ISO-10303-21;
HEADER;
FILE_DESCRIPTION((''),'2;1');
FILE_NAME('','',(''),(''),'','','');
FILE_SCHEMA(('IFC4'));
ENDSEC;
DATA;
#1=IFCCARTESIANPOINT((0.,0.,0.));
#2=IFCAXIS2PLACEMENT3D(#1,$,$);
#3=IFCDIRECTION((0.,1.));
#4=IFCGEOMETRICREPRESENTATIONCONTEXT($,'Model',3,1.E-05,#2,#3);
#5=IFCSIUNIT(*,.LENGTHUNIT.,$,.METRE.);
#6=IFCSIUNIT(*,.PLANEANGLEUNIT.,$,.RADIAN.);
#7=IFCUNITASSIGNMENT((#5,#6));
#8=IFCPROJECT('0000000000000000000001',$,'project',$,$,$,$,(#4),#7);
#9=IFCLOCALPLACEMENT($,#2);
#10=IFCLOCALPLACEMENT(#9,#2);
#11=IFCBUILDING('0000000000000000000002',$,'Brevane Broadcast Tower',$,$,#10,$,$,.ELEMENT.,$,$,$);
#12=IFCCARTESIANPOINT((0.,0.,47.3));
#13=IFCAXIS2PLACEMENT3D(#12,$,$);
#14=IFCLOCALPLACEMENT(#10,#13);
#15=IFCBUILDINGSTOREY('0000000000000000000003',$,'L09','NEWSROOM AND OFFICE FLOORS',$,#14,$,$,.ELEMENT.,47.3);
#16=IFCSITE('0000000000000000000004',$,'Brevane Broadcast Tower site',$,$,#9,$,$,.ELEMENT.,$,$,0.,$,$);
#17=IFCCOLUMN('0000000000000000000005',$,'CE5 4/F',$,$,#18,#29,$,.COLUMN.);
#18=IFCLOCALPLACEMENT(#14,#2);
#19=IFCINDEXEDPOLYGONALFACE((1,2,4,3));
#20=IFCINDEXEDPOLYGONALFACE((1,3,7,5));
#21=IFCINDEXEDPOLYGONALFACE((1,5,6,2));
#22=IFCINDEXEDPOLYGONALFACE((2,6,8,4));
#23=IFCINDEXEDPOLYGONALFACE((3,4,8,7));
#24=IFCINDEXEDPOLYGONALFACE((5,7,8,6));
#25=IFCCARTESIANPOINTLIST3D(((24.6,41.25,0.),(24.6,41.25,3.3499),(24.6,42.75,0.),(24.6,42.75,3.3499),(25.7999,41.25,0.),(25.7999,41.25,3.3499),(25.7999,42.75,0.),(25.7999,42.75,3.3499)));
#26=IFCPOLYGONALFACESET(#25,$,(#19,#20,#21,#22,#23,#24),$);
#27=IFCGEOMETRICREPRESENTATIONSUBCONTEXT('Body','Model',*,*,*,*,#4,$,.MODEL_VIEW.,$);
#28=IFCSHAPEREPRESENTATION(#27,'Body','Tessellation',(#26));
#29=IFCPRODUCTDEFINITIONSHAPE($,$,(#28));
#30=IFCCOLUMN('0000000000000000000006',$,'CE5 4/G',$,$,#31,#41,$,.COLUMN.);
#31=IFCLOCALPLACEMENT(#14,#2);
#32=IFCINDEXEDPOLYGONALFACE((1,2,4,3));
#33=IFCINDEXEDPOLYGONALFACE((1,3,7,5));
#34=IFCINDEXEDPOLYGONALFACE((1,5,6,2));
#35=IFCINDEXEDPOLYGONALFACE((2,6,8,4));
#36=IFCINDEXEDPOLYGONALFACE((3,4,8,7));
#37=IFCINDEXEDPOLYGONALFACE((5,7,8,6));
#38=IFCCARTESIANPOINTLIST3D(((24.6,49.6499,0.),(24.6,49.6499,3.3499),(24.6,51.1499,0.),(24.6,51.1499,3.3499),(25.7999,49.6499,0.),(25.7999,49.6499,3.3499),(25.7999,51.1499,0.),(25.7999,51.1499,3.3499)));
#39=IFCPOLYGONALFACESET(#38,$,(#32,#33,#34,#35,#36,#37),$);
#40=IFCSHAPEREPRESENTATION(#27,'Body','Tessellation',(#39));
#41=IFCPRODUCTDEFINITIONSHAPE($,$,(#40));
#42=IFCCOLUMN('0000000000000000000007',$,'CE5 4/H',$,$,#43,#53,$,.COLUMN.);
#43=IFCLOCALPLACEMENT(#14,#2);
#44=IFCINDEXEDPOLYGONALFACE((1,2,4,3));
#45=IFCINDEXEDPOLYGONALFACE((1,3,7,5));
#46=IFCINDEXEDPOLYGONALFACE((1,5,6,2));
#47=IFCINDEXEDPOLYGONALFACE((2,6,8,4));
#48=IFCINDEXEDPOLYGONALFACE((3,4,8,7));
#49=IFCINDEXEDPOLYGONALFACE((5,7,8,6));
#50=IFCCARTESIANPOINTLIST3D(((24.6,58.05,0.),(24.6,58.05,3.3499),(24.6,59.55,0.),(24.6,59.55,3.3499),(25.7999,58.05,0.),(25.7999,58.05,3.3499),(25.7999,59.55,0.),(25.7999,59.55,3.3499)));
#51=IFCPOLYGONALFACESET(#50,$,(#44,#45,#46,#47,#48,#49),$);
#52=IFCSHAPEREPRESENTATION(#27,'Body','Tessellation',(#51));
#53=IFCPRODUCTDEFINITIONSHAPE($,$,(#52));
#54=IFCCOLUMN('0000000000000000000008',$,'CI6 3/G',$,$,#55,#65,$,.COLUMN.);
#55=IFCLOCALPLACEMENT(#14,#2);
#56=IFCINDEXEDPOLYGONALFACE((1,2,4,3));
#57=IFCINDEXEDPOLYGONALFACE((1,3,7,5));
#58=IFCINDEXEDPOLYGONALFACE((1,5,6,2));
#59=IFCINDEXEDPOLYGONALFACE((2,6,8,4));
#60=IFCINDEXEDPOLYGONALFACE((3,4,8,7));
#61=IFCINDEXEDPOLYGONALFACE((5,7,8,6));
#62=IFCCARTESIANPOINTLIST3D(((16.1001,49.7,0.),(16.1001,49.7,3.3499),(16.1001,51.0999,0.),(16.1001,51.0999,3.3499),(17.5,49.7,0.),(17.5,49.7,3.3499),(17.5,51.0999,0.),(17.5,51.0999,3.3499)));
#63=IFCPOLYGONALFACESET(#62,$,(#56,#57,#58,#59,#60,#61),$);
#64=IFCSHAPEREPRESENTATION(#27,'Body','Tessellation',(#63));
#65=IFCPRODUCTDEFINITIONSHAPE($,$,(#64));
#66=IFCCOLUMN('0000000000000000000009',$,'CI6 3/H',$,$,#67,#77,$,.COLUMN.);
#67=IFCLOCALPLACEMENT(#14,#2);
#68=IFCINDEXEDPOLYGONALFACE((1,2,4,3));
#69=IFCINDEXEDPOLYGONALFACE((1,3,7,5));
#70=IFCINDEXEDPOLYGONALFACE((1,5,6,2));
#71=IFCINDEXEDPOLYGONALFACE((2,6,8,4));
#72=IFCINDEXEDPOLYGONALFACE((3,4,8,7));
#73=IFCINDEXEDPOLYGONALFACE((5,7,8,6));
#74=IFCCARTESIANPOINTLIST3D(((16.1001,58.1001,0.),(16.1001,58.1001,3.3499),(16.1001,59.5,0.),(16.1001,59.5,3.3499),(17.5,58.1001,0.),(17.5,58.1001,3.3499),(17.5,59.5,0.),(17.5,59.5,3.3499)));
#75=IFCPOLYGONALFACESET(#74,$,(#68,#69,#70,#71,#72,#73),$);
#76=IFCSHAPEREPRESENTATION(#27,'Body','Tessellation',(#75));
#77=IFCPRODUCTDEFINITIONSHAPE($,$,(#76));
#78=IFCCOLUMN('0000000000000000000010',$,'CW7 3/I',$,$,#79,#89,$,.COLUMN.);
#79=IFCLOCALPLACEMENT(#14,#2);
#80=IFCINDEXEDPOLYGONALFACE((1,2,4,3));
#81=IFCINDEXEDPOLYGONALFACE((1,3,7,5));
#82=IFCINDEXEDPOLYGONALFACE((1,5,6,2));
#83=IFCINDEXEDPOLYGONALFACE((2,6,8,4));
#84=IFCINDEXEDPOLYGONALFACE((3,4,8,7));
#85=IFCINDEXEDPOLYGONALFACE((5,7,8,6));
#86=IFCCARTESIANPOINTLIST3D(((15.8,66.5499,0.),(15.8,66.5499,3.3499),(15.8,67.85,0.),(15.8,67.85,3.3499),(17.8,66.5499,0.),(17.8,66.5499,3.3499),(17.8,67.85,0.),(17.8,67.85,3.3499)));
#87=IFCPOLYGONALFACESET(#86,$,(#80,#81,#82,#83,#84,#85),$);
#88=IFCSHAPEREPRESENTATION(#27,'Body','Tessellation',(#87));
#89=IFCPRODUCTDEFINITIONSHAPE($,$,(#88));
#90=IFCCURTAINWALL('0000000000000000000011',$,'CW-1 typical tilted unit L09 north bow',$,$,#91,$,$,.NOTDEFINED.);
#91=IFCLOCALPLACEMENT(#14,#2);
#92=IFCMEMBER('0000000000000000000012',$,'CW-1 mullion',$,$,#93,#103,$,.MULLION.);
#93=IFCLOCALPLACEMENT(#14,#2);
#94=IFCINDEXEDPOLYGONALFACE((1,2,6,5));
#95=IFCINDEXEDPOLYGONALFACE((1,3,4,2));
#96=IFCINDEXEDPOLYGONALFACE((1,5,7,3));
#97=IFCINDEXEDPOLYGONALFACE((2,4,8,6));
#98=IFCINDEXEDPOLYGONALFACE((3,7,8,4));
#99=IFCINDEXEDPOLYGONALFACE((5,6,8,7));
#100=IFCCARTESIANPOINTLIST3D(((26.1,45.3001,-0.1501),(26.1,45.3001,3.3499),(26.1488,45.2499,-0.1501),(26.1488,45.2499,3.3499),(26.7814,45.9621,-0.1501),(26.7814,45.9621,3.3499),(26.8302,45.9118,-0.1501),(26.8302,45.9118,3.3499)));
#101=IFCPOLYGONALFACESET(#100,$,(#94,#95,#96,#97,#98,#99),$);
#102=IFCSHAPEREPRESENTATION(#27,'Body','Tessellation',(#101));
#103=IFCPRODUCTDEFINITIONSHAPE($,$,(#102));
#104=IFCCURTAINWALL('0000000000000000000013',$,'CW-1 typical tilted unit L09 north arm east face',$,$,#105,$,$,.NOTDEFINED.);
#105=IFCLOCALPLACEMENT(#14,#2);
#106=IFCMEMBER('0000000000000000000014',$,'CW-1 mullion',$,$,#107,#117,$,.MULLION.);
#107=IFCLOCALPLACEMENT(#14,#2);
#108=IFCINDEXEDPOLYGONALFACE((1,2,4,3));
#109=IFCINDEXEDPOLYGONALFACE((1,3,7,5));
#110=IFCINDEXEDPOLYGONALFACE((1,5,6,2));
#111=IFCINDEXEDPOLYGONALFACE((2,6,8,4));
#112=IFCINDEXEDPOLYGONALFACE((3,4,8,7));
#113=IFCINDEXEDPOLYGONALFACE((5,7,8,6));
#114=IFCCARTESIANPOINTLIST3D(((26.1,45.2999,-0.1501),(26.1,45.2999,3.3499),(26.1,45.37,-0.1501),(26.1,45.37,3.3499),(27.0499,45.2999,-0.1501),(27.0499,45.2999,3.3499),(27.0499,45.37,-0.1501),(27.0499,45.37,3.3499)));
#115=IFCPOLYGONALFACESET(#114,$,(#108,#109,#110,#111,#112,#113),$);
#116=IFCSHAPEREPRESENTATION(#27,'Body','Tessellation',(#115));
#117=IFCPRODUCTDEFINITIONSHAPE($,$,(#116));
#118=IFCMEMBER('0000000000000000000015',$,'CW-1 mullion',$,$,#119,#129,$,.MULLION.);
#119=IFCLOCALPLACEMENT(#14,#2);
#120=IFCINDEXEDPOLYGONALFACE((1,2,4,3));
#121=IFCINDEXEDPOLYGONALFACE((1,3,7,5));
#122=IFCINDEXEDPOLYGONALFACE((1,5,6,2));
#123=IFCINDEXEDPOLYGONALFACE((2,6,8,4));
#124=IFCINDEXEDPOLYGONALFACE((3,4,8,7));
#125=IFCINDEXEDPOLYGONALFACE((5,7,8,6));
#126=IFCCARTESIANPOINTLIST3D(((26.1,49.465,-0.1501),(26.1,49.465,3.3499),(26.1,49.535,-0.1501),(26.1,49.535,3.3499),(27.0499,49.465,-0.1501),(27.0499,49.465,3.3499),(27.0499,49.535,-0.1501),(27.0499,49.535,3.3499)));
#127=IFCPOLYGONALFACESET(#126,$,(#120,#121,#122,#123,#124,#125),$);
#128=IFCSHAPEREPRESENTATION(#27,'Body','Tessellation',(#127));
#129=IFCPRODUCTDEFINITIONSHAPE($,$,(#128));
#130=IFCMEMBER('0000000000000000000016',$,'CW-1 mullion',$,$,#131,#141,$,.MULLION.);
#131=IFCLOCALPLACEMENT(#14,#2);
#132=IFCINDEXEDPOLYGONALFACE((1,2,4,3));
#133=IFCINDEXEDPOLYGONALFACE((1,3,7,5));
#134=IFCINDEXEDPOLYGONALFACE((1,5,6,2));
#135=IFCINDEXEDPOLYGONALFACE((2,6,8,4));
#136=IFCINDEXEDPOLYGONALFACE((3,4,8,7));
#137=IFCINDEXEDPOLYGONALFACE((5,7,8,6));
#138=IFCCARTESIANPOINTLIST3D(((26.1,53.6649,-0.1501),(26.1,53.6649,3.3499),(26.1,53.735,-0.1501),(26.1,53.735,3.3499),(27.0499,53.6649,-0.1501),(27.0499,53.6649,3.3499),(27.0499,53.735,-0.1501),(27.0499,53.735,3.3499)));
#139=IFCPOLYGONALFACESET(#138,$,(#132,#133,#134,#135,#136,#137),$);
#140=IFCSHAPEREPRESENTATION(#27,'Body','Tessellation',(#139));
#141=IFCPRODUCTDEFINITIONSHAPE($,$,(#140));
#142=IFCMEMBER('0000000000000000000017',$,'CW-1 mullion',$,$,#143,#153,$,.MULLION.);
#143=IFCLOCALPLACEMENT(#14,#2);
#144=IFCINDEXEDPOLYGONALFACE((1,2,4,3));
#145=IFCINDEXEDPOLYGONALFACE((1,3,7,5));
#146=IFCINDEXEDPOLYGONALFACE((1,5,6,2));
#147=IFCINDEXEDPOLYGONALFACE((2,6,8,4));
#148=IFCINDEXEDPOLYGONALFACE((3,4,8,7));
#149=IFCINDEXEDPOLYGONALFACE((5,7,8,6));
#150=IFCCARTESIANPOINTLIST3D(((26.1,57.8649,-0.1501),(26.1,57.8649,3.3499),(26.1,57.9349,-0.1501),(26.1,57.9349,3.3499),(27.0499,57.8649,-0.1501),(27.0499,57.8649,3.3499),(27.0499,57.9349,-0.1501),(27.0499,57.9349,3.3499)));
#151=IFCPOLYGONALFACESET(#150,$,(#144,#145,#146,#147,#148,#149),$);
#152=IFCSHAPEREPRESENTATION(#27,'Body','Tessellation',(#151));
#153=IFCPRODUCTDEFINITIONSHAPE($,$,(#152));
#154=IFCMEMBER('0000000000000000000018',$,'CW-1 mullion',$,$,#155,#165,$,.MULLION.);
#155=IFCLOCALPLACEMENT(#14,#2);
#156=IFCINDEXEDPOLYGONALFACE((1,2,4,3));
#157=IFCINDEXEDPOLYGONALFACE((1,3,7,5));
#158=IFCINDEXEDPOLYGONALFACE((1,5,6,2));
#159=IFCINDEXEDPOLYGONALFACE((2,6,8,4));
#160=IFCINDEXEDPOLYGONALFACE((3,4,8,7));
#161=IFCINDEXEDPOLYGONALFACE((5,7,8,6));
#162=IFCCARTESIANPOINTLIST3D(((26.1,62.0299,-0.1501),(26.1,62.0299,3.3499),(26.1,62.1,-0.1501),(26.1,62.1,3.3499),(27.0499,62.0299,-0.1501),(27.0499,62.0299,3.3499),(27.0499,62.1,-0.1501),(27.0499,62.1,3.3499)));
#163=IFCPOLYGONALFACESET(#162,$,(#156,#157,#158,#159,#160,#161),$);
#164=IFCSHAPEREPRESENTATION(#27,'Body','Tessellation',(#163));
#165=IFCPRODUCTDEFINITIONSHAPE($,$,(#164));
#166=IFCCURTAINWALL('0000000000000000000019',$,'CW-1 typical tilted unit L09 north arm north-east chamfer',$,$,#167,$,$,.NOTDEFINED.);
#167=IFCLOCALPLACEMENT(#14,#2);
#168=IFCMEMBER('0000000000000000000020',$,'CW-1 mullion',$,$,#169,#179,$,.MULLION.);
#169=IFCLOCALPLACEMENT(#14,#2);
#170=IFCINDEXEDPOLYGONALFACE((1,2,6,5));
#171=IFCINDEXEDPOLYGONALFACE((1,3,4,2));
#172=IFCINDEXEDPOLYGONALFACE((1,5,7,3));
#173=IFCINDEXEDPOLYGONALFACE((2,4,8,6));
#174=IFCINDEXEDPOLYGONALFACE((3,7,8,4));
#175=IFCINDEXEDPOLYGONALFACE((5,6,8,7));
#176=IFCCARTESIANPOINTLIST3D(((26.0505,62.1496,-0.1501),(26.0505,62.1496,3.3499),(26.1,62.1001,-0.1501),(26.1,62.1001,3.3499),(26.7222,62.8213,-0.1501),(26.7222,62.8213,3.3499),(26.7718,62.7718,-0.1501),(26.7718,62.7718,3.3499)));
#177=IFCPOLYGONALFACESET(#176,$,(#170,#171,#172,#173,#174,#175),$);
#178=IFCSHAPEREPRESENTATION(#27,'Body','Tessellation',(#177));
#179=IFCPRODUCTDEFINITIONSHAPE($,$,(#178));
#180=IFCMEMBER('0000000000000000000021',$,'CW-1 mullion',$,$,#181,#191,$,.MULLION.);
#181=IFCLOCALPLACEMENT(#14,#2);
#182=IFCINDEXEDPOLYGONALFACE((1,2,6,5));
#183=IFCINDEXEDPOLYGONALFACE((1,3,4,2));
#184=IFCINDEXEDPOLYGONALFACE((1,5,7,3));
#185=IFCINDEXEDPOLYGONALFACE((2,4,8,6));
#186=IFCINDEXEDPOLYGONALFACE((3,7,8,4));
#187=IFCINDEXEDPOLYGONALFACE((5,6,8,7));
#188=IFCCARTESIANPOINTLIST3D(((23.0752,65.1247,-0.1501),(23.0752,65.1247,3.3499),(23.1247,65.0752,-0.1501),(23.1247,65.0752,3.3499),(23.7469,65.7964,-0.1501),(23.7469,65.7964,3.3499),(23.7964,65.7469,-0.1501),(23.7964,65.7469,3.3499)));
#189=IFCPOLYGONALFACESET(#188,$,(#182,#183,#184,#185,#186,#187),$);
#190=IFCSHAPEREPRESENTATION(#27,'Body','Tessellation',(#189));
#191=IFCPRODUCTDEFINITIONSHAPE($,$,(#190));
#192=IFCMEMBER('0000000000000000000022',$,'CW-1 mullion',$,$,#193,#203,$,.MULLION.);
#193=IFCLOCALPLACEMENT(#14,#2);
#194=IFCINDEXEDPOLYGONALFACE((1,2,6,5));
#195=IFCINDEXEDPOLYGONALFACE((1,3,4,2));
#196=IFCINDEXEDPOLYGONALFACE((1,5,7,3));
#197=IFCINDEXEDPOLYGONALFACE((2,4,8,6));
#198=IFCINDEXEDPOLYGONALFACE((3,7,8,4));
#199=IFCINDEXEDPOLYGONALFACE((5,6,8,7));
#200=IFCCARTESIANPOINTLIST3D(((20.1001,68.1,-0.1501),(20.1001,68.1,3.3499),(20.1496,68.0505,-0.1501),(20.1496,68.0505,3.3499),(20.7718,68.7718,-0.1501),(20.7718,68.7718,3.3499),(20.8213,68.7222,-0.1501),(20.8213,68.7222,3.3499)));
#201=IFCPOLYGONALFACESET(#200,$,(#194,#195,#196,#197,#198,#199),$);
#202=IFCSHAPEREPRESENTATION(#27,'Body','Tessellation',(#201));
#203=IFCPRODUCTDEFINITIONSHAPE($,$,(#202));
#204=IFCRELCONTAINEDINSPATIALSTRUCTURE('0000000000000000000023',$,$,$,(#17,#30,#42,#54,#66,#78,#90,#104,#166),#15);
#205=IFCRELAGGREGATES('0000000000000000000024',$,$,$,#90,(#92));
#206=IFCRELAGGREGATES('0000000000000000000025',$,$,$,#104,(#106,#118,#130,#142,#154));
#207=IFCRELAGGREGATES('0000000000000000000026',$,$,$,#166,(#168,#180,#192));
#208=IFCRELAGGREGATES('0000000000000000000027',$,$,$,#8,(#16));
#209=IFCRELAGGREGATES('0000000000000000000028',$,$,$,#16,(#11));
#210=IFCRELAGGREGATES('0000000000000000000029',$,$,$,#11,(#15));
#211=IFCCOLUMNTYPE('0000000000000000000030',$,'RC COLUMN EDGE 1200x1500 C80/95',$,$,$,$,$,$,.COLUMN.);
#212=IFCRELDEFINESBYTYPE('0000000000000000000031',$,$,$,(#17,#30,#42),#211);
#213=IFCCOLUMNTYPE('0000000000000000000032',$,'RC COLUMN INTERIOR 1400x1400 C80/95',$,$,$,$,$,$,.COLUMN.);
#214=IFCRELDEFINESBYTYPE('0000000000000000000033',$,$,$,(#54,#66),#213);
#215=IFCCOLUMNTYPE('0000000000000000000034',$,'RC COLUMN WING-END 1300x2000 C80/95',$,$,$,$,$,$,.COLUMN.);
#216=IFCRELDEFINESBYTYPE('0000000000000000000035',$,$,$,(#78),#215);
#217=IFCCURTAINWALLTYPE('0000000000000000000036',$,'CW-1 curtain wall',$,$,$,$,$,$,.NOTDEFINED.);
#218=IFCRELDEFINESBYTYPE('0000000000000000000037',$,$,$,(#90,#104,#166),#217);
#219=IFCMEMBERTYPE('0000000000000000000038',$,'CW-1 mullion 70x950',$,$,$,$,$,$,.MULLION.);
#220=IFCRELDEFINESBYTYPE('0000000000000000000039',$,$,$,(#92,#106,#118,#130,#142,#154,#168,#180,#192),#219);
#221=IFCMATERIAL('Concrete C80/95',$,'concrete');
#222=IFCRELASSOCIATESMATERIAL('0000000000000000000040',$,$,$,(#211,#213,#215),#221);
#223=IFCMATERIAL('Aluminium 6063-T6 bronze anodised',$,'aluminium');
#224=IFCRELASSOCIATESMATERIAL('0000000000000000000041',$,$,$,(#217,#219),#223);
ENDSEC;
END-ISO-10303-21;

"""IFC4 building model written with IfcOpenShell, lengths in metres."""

from ifc_helpers import new_model, si_unit, direction, frame, origin, origin_2d, place, context, subcontext, project, spatial, rectangle, extrude, material, material_profile, profile_set, type_object, element, aggregate, save


model = new_model("IFC4")

# Units and contexts
model_context = context("Model", 3, precision=1e-05, world=origin(), true_north=direction((0.0, 1.0)))
body_context = subcontext(model_context, "Body", "Model", "MODEL_VIEW")
ifc_project = project(units=[si_unit("LENGTHUNIT", "METRE"), si_unit("PLANEANGLEUNIT", "RADIAN")], contexts=[model_context])

# Site, building, storey
site_placement = place(None, origin())
site = spatial("IfcSite", under=ifc_project, at=site_placement, Name="Brevane Broadcast Tower site", CompositionType="ELEMENT", RefElevation=0.0)
building_placement = place(site_placement, origin())
building = spatial("IfcBuilding", under=site, at=building_placement, Name="Brevane Broadcast Tower", CompositionType="ELEMENT")
storey_placement = place(building_placement, frame((0.0, 0.0, 47.3)))
storey = spatial("IfcBuildingStorey", under=building, at=storey_placement, Name="L09", Description="NEWSROOM AND OFFICE FLOORS", CompositionType="ELEMENT", Elevation=47.3)

# Columns
ifc_material_1 = material(Name="Concrete C80/95", Category="concrete")
ifc_material_profile_1 = material_profile(ifc_material_1, rectangle(XDim=1.2, YDim=1.5, at=origin_2d()), Name="RC 1200x1500")
ifc_profile_set_1 = profile_set([ifc_material_profile_1], Name="Concrete C80/95")
column_type_1 = type_object("IfcColumnType", Name="RC COLUMN EDGE 1200x1500 C80/95", PredefinedType="COLUMN", material=ifc_profile_set_1)
for number, where, z_axis, x_axis, name in (
    (1, (25.2, 42.0, 0.0), (0.0, 0.0, 1.0), (1.0, 0.0, 0.0), "CE5 4/F"),
    (2, (25.2, 50.3999, 0.0), (0.0, 0.0, 1.0), (1.0, 0.0, 0.0), "CE5 4/G"),
    (3, (25.2, 58.8, 0.0), (0.0, 0.0, 1.0), (1.0, 0.0, 0.0), "CE5 4/H"),
):
    element("IfcColumn", number, at=place(storey_placement, frame(where, z_axis=z_axis, x_axis=x_axis)), inside=storey, type_object=column_type_1, Name=name, PredefinedType="COLUMN", context=body_context, shape_type="SweptSolid", body=[
        extrude(rectangle(XDim=1.2, YDim=1.5, at=origin_2d()), origin(), (0.0, 0.0, 1.0), 3.3499),
    ])
ifc_material_profile_2 = material_profile(ifc_material_1, rectangle(XDim=1.3999, YDim=1.3999, at=origin_2d()), Name="RC 1400x1400")
ifc_profile_set_2 = profile_set([ifc_material_profile_2], Name="Concrete C80/95")
column_type_2 = type_object("IfcColumnType", Name="RC COLUMN INTERIOR 1400x1400 C80/95", PredefinedType="COLUMN", material=ifc_profile_set_2)
for number, where, z_axis, x_axis, name in (
    (4, (16.8, 50.3999, 0.0), (0.0, 0.0, 1.0), (1.0, 0.0, 0.0), "CI6 3/G"),
    (5, (16.8, 58.8, 0.0), (0.0, 0.0, 1.0), (1.0, 0.0, 0.0), "CI6 3/H"),
):
    element("IfcColumn", number, at=place(storey_placement, frame(where, z_axis=z_axis, x_axis=x_axis)), inside=storey, type_object=column_type_2, Name=name, PredefinedType="COLUMN", context=body_context, shape_type="SweptSolid", body=[
        extrude(rectangle(XDim=1.3999, YDim=1.3999, at=origin_2d()), origin(), (0.0, 0.0, 1.0), 3.3499),
    ])
ifc_material_profile_3 = material_profile(ifc_material_1, rectangle(XDim=1.3, YDim=2.0, at=origin_2d()), Name="RC 1300x2000")
ifc_profile_set_3 = profile_set([ifc_material_profile_3], Name="Concrete C80/95")
column_type_3 = type_object("IfcColumnType", Name="RC COLUMN WING-END 1300x2000 C80/95", PredefinedType="COLUMN", material=ifc_profile_set_3)
column_placement = place(storey_placement, frame((16.8, 67.2, 0.0), z_axis=(0.0, 0.0, 1.0), x_axis=(0.0, 1.0, 0.0)))
element("IfcColumn", 6, at=column_placement, inside=storey, type_object=column_type_3, Name="CW7 3/I", PredefinedType="COLUMN", context=body_context, shape_type="SweptSolid", body=[
    extrude(rectangle(XDim=1.3, YDim=2.0, at=origin_2d()), origin(), (0.0, 0.0, 1.0), 3.3499),
])

# Curtain wall, member
ifc_material_2 = material(Name="Aluminium 6063-T6 bronze anodised", Category="aluminium")
curtain_wall_type = type_object("IfcCurtainWallType", Name="CW-1 curtain wall", PredefinedType="NOTDEFINED", material=ifc_material_2)
curtain_wall_1_placement = place(storey_placement, origin())
curtain_wall_1 = element("IfcCurtainWall", 7, at=curtain_wall_1_placement, inside=storey, type_object=curtain_wall_type, Name="CW-1 typical tilted unit L09 north bow", PredefinedType="NOTDEFINED")
ifc_material_profile_4 = material_profile(ifc_material_2, rectangle(XDim=0.95, YDim=0.0701, at=origin_2d()), Name="RECT 70x950")
ifc_profile_set_4 = profile_set([ifc_material_profile_4], Name="Aluminium 6063-T6 bronze anodised")
member_type_1 = type_object("IfcMemberType", Name="CW-1 mullion 70x950", PredefinedType="MULLION", material=ifc_profile_set_4)
member_1_placement = place(storey_placement, frame((26.4651, 45.606, -0.1501), z_axis=(0.0, 0.0, 1.0), x_axis=(-0.717254, -0.696812, 0.0)))
member_1 = element("IfcMember", 8, at=member_1_placement, type_object=member_type_1, Name="CW-1 mullion", PredefinedType="MULLION", context=body_context, shape_type="SweptSolid", body=[
    extrude(rectangle(XDim=0.95, YDim=0.0701, at=origin_2d()), origin(), (0.0, 0.0, 1.0), 3.5),
])
aggregate(curtain_wall_1, [member_1])

# Curtain walls, members
curtain_wall_2_placement = place(storey_placement, origin())
curtain_wall_2 = element("IfcCurtainWall", 9, at=curtain_wall_2_placement, inside=storey, type_object=curtain_wall_type, Name="CW-1 typical tilted unit L09 north arm east face", PredefinedType="NOTDEFINED")
member_2_placement = place(storey_placement, frame((26.575, 45.335, -0.1501), z_axis=(0.0, 0.0, 1.0), x_axis=(-1.0, 0.0, 0.0)))
member_2 = element("IfcMember", 10, at=member_2_placement, type_object=member_type_1, Name="CW-1 mullion", PredefinedType="MULLION", context=body_context, shape_type="SweptSolid", body=[
    extrude(rectangle(XDim=0.95, YDim=0.0701, at=origin_2d()), origin(), (0.0, 0.0, 1.0), 3.5),
])
member_3_placement = place(storey_placement, frame((26.575, 49.5, -0.1501), z_axis=(0.0, 0.0, 1.0), x_axis=(-1.0, 0.0, 0.0)))
member_3 = element("IfcMember", 11, at=member_3_placement, type_object=member_type_1, Name="CW-1 mullion", PredefinedType="MULLION", context=body_context, shape_type="SweptSolid", body=[
    extrude(rectangle(XDim=0.95, YDim=0.0701, at=origin_2d()), origin(), (0.0, 0.0, 1.0), 3.5),
])
member_4_placement = place(storey_placement, frame((26.575, 53.7, -0.1501), z_axis=(0.0, 0.0, 1.0), x_axis=(-1.0, 0.0, 0.0)))
member_4 = element("IfcMember", 12, at=member_4_placement, type_object=member_type_1, Name="CW-1 mullion", PredefinedType="MULLION", context=body_context, shape_type="SweptSolid", body=[
    extrude(rectangle(XDim=0.95, YDim=0.0701, at=origin_2d()), origin(), (0.0, 0.0, 1.0), 3.5),
])
member_5_placement = place(storey_placement, frame((26.575, 57.8999, -0.1501), z_axis=(0.0, 0.0, 1.0), x_axis=(-1.0, 0.0, 0.0)))
member_5 = element("IfcMember", 13, at=member_5_placement, type_object=member_type_1, Name="CW-1 mullion", PredefinedType="MULLION", context=body_context, shape_type="SweptSolid", body=[
    extrude(rectangle(XDim=0.95, YDim=0.0701, at=origin_2d()), origin(), (0.0, 0.0, 1.0), 3.5),
])
member_6_placement = place(storey_placement, frame((26.575, 62.0649, -0.1501), z_axis=(0.0, 0.0, 1.0), x_axis=(-1.0, 0.0, 0.0)))
member_6 = element("IfcMember", 14, at=member_6_placement, type_object=member_type_1, Name="CW-1 mullion", PredefinedType="MULLION", context=body_context, shape_type="SweptSolid", body=[
    extrude(rectangle(XDim=0.95, YDim=0.0701, at=origin_2d()), origin(), (0.0, 0.0, 1.0), 3.5),
])
curtain_wall_3_placement = place(storey_placement, origin())
curtain_wall_3 = element("IfcCurtainWall", 15, at=curtain_wall_3_placement, inside=storey, type_object=curtain_wall_type, Name="CW-1 typical tilted unit L09 north arm north-east chamfer", PredefinedType="NOTDEFINED")
member_7_placement = place(storey_placement, frame((26.4111, 62.4607, -0.1501), z_axis=(0.0, 0.0, 1.0), x_axis=(-0.707107, -0.707107, 0.0)))
member_7 = element("IfcMember", 16, at=member_7_placement, type_object=member_type_1, Name="CW-1 mullion", PredefinedType="MULLION", context=body_context, shape_type="SweptSolid", body=[
    extrude(rectangle(XDim=0.95, YDim=0.0701, at=origin_2d()), origin(), (0.0, 0.0, 1.0), 3.5),
])
member_8_placement = place(storey_placement, frame((23.4358, 65.4358, -0.1501), z_axis=(0.0, 0.0, 1.0), x_axis=(-0.707107, -0.707107, 0.0)))
member_8 = element("IfcMember", 17, at=member_8_placement, type_object=member_type_1, Name="CW-1 mullion", PredefinedType="MULLION", context=body_context, shape_type="SweptSolid", body=[
    extrude(rectangle(XDim=0.95, YDim=0.0701, at=origin_2d()), origin(), (0.0, 0.0, 1.0), 3.5),
])
member_9_placement = place(storey_placement, frame((20.4607, 68.4111, -0.1501), z_axis=(0.0, 0.0, 1.0), x_axis=(-0.707107, -0.707107, 0.0)))
member_9 = element("IfcMember", 18, at=member_9_placement, type_object=member_type_1, Name="CW-1 mullion", PredefinedType="MULLION", context=body_context, shape_type="SweptSolid", body=[
    extrude(rectangle(XDim=0.95, YDim=0.0701, at=origin_2d()), origin(), (0.0, 0.0, 1.0), 3.5),
])

aggregate(curtain_wall_2, [member_2, member_3, member_4, member_5, member_6])
aggregate(curtain_wall_3, [member_7, member_8, member_9])

save(model, "model.ifc")
